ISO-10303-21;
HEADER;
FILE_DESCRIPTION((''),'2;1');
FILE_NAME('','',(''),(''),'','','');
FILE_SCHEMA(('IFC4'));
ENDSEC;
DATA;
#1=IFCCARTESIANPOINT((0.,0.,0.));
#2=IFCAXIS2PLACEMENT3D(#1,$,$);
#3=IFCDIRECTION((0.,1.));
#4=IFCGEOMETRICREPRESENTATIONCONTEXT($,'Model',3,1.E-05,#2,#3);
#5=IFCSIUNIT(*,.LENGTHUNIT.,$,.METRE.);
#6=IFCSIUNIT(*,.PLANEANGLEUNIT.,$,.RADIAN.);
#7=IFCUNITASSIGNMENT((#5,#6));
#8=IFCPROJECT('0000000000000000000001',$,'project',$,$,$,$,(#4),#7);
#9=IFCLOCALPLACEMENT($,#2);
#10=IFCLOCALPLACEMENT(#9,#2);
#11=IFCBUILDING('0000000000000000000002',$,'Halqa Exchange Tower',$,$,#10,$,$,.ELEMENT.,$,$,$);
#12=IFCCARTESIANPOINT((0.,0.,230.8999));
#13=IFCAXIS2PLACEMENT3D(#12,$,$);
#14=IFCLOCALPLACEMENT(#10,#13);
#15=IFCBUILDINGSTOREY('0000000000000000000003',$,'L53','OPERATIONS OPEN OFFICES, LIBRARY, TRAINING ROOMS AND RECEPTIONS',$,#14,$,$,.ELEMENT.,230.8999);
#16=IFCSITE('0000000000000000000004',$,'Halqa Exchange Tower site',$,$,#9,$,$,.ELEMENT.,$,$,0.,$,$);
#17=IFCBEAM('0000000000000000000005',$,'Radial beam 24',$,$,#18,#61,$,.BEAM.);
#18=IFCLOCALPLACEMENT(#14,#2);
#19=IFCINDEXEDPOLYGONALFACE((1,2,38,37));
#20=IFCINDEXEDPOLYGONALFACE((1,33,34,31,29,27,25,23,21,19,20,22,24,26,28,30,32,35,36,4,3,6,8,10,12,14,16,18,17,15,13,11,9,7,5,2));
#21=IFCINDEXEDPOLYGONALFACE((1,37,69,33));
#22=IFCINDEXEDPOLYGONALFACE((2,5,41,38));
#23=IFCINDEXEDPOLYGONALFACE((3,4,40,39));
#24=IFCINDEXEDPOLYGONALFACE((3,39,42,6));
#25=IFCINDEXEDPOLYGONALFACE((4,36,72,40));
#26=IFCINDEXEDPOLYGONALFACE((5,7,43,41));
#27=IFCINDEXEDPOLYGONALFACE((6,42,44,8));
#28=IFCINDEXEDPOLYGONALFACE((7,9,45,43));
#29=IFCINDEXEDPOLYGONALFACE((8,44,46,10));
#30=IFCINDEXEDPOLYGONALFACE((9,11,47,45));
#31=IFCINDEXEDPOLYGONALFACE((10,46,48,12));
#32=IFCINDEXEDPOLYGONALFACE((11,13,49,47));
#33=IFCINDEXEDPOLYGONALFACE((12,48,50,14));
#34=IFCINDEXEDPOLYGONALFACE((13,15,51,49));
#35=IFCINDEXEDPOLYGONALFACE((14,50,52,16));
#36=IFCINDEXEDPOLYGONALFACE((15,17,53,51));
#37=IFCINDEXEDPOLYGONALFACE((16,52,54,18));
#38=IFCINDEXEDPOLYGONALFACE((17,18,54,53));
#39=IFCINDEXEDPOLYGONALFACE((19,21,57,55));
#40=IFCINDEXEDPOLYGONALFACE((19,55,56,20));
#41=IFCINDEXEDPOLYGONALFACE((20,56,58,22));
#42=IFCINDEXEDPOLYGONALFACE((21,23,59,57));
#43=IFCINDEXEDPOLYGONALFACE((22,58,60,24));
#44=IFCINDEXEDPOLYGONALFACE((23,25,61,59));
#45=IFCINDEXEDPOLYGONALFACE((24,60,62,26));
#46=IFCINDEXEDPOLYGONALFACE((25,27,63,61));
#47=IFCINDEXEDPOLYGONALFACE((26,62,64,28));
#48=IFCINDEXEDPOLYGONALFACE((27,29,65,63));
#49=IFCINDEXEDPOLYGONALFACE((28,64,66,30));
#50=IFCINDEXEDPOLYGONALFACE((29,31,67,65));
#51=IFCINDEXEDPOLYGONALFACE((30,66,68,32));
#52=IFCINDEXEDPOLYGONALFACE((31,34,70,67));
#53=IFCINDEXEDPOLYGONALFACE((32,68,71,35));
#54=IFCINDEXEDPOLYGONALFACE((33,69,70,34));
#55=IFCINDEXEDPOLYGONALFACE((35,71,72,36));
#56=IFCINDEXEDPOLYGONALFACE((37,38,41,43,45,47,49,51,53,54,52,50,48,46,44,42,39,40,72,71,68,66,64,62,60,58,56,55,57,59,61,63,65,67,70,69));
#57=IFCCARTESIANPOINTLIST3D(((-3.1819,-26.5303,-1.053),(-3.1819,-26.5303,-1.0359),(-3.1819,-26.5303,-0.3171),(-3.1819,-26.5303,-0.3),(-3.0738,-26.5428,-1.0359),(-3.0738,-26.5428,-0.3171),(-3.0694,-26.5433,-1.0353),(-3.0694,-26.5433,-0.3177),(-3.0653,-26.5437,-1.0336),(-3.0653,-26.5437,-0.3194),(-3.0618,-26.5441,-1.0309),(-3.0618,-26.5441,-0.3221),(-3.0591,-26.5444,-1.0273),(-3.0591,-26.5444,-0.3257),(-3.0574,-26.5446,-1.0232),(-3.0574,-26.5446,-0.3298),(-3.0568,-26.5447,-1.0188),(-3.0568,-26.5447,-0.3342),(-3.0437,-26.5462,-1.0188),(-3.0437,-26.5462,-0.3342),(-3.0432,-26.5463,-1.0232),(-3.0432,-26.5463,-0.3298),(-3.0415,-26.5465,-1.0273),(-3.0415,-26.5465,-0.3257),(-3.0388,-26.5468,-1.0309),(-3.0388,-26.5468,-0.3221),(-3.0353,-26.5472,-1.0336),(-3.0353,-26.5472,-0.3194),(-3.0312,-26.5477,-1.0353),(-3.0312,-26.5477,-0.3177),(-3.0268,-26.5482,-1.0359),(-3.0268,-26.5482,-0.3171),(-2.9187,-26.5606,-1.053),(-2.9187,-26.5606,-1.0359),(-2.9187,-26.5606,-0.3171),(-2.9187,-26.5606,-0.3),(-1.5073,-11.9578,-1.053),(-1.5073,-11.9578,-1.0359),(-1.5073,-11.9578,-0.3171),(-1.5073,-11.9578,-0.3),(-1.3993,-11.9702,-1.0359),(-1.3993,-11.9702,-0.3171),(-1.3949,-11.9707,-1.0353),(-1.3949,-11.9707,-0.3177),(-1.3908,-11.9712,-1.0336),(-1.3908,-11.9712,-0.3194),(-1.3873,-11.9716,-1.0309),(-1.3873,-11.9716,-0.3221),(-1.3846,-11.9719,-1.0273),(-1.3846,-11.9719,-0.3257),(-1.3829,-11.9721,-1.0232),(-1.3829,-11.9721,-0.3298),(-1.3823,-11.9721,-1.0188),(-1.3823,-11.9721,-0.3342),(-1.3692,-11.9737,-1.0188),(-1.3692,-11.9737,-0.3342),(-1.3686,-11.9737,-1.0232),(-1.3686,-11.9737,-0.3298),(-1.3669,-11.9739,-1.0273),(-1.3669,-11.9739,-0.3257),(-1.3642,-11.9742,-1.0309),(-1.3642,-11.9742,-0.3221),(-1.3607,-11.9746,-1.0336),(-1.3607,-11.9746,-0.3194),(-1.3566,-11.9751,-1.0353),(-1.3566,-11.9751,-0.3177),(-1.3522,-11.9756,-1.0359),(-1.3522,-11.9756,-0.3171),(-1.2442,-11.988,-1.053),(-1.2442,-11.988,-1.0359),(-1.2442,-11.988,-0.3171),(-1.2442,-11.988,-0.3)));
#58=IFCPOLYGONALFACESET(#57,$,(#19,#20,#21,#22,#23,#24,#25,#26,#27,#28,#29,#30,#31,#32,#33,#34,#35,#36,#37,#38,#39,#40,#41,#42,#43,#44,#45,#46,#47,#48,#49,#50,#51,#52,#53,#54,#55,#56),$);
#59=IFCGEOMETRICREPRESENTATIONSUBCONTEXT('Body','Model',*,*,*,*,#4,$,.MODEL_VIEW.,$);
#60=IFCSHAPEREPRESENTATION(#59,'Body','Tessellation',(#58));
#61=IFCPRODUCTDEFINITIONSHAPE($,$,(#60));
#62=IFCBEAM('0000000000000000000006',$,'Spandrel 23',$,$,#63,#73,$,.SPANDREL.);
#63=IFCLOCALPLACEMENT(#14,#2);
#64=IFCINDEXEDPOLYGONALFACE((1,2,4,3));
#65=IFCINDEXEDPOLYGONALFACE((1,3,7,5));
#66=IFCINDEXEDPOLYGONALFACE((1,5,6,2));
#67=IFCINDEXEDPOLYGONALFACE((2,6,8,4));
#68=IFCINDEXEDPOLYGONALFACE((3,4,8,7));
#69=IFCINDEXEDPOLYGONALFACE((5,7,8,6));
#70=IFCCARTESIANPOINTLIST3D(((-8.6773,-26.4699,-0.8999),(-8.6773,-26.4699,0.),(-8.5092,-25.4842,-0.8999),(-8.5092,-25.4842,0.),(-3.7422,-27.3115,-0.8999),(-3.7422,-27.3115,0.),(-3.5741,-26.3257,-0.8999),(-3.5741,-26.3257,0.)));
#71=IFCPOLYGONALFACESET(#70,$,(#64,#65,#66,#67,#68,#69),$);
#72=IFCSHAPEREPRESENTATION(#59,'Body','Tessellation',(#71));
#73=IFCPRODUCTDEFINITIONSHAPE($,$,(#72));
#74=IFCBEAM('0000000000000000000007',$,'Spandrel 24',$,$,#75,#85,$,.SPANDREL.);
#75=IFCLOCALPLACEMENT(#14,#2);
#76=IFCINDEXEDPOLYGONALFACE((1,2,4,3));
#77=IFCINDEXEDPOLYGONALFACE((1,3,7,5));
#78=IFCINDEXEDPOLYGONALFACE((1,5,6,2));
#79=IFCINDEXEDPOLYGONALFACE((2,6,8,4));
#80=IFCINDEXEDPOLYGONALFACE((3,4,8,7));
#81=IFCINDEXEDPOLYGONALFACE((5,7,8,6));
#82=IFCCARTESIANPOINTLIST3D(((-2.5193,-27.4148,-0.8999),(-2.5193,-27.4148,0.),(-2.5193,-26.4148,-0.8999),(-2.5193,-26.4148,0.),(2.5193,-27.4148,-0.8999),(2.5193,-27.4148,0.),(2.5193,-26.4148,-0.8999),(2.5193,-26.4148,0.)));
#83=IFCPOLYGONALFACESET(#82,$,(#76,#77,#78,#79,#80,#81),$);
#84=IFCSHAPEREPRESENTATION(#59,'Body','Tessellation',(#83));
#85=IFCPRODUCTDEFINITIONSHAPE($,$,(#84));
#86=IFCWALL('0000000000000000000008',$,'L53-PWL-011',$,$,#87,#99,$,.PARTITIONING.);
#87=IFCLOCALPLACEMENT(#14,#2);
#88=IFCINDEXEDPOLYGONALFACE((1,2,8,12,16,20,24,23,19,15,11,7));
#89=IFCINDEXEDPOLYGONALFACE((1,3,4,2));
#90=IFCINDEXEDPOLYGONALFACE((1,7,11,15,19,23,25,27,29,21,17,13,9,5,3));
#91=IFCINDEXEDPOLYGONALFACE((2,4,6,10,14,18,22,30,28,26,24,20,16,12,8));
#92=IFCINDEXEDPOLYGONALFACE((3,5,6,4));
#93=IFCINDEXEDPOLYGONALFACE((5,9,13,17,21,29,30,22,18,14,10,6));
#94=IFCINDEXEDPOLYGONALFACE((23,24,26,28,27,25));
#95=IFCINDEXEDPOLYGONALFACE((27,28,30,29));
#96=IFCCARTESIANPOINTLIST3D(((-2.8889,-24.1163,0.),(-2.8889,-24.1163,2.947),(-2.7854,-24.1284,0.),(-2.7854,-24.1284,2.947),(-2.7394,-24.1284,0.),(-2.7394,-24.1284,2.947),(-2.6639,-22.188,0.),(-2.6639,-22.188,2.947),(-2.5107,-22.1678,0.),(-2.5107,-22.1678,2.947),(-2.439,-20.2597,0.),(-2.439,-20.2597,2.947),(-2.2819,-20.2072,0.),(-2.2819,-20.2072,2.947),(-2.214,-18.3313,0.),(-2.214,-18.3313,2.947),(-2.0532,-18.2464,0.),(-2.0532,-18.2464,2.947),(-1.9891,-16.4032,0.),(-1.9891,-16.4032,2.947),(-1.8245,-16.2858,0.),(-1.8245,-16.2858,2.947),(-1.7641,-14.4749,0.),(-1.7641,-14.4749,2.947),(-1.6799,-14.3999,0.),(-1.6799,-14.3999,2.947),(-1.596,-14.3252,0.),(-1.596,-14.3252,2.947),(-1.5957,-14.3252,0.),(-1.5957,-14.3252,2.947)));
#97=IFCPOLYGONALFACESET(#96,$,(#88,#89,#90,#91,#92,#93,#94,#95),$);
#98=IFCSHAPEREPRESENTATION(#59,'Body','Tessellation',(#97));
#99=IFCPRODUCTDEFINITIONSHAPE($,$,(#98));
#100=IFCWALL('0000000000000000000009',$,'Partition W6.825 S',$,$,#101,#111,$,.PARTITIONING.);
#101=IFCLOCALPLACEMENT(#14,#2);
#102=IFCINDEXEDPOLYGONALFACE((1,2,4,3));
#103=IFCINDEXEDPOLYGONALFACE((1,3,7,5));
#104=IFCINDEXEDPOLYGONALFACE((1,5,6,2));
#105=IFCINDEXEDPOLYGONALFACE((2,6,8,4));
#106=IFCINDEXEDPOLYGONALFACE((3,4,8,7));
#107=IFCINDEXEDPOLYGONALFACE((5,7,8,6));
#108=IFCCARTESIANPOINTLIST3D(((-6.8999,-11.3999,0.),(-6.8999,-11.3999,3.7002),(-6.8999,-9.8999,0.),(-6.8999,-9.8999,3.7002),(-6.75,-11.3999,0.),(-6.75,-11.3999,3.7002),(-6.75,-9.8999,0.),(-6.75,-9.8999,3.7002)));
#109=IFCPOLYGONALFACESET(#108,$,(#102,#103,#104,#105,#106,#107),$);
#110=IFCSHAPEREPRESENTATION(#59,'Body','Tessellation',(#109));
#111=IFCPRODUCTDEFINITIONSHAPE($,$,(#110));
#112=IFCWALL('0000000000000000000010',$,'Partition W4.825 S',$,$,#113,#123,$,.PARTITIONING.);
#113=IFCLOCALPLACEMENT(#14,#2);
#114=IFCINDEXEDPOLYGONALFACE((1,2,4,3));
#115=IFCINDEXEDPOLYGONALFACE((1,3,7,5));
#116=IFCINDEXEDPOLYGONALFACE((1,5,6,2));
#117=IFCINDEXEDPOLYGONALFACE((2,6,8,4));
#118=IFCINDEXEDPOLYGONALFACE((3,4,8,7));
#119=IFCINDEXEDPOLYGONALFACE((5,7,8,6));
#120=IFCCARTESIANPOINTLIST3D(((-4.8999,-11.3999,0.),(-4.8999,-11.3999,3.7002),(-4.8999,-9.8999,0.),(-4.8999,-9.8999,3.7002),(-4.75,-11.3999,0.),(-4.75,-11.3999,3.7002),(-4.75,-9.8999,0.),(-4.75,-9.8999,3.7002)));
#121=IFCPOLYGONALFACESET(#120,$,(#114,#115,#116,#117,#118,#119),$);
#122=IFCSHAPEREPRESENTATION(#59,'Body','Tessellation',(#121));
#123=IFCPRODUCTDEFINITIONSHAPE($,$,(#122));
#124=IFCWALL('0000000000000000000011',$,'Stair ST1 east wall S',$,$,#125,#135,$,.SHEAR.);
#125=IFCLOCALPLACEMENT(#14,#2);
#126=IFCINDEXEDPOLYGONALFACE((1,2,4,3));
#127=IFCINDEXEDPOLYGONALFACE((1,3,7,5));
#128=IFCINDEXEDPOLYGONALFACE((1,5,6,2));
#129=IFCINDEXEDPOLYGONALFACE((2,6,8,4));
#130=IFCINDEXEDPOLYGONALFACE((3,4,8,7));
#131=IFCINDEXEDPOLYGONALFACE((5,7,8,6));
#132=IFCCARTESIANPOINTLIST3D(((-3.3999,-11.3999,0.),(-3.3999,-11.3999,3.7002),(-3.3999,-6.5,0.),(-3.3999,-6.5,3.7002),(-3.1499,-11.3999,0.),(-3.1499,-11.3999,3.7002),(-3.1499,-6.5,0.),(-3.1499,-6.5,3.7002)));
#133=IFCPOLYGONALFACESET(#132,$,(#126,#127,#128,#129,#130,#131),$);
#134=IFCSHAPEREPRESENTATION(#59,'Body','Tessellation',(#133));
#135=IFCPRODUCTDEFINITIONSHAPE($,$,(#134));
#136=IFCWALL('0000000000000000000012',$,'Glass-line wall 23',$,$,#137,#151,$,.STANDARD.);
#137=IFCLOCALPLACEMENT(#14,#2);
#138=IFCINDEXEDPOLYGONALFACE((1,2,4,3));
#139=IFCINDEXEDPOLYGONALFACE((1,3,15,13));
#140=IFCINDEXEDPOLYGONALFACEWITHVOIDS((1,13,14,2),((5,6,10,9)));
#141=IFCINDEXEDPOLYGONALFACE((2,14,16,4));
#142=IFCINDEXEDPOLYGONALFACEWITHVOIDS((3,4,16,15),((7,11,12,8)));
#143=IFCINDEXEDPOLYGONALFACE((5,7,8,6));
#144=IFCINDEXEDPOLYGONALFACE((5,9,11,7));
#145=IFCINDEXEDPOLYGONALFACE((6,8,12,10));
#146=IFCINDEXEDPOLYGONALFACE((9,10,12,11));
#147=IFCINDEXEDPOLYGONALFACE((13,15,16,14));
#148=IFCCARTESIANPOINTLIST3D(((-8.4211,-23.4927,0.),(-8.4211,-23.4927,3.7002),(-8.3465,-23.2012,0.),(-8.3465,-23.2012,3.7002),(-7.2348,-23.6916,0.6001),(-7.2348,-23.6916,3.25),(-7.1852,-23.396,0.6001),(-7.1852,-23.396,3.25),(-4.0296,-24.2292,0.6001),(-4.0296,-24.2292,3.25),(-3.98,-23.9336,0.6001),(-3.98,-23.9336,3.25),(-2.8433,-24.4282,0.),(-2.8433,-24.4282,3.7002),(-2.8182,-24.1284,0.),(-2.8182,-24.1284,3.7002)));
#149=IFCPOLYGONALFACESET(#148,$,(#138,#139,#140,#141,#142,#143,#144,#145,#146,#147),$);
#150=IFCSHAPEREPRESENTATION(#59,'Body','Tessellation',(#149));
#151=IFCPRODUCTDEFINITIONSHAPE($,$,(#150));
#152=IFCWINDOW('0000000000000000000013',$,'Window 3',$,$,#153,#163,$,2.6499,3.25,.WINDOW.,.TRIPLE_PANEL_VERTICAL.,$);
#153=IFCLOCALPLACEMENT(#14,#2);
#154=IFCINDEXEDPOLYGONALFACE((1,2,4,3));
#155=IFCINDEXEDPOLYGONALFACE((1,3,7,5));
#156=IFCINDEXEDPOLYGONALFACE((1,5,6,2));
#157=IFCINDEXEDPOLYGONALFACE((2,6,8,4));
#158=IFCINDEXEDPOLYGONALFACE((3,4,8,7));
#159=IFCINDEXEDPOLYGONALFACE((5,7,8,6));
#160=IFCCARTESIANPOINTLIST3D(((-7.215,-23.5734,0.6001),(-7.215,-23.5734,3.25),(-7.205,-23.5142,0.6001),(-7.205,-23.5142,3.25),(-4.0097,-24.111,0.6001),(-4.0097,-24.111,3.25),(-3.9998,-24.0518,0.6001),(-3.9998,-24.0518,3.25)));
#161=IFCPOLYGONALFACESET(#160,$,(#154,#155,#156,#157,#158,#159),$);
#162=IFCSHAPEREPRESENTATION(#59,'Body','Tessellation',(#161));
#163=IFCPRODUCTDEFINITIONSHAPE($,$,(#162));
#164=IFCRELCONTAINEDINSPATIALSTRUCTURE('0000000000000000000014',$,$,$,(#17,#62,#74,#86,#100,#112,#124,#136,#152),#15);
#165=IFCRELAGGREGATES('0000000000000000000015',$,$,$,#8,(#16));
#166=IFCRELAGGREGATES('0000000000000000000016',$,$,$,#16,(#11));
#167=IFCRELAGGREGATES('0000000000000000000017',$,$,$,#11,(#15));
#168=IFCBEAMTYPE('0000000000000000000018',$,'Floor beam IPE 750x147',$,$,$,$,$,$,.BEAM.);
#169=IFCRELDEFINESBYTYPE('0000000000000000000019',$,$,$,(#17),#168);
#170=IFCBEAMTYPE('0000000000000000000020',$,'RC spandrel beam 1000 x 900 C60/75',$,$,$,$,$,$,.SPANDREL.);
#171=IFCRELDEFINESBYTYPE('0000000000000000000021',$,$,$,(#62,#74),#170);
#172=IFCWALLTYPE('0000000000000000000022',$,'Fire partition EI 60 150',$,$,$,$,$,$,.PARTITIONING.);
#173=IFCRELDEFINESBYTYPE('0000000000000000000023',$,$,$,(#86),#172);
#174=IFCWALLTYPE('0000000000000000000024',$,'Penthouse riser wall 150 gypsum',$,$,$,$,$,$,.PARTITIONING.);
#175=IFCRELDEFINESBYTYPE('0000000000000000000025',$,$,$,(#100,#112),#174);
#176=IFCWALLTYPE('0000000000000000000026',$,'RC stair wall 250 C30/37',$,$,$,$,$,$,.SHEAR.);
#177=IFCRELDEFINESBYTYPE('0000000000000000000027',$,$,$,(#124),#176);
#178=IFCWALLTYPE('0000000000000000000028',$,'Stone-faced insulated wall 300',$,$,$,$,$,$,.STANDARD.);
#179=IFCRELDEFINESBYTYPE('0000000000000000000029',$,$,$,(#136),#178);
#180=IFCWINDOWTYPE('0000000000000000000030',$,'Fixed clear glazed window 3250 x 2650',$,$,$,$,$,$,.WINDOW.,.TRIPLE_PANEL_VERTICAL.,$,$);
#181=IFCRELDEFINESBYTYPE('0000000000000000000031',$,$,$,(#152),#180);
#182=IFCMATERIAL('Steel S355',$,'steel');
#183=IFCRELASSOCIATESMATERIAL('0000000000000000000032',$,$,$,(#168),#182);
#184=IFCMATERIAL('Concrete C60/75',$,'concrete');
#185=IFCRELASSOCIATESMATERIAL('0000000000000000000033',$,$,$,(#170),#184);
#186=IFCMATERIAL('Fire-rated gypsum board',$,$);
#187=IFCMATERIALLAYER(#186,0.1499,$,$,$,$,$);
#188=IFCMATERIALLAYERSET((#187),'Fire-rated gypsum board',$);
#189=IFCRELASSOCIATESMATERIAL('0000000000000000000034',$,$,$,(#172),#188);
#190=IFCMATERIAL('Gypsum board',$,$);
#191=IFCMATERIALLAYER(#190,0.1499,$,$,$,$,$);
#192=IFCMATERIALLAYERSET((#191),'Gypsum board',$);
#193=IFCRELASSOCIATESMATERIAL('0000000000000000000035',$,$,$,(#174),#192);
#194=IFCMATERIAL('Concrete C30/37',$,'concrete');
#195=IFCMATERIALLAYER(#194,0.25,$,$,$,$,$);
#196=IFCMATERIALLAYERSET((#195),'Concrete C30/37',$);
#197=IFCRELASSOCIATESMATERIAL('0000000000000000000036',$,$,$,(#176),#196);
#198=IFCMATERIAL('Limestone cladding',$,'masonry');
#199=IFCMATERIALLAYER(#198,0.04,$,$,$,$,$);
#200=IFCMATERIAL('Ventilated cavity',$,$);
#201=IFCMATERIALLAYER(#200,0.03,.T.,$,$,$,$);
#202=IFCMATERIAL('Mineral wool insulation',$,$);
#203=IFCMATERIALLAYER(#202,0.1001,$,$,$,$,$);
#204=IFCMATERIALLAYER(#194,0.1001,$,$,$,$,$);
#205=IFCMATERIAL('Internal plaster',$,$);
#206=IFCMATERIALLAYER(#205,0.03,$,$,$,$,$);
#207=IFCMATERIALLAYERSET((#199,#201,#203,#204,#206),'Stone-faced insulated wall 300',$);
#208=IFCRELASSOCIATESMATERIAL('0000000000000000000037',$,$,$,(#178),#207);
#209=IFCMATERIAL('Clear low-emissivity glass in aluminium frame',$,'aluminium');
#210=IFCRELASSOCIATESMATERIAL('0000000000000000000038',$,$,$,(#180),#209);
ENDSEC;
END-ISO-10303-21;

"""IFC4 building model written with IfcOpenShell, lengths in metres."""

from ifc_helpers import new_model, si_unit, direction, frame, frame_2d, origin, origin_2d, place, context, subcontext, project, spatial, polyline, rectangle, i_section, outline, extrude, material, layer, layer_set, material_profile, profile_set, type_object, element, fill, save


model = new_model("IFC4")

# Units and contexts
model_context = context("Model", 3, precision=1e-05, world=origin(), true_north=direction((0.0, 1.0)))
body_context = subcontext(model_context, "Body", "Model", "MODEL_VIEW")
ifc_project = project(units=[si_unit("LENGTHUNIT", "METRE"), si_unit("PLANEANGLEUNIT", "RADIAN")], contexts=[model_context])

# Site, building, storey
site_placement = place(None, origin())
site = spatial("IfcSite", under=ifc_project, at=site_placement, Name="Halqa Exchange Tower site", CompositionType="ELEMENT", RefElevation=0.0)
building_placement = place(site_placement, origin())
building = spatial("IfcBuilding", under=site, at=building_placement, Name="Halqa Exchange Tower", CompositionType="ELEMENT")
storey_placement = place(building_placement, frame((0.0, 0.0, 230.8999)))
storey = spatial("IfcBuildingStorey", under=building, at=storey_placement, Name="L53", Description="OPERATIONS OPEN OFFICES, LIBRARY, TRAINING ROOMS AND RECEPTIONS", CompositionType="ELEMENT", Elevation=230.8999)

# Shared definitions
ifc_material_1 = material(Name="Concrete C60/75", Category="concrete")

# Beams
ifc_material_2 = material(Name="Steel S355", Category="steel")
ifc_material_profile_1 = material_profile(ifc_material_2, i_section(OverallWidth=0.2649, OverallDepth=0.7529, WebThickness=0.0132, FlangeThickness=0.0171, FilletRadius=0.0171, at=origin_2d()), Name="IPE 750x147")
ifc_profile_set_1 = profile_set([ifc_material_profile_1], Name="Steel S355")
beam_type_1 = type_object("IfcBeamType", Name="Floor beam IPE 750x147", PredefinedType="BEAM", material=ifc_profile_set_1)
beam_1_placement = place(storey_placement, frame((-1.3757, -11.9729, -0.6765), z_axis=(-0.114161, -0.993462, 0.0), x_axis=(0.993462, -0.114161, 0.0)))
element("IfcBeam", 1, at=beam_1_placement, inside=storey, type_object=beam_type_1, Name="Radial beam 24", PredefinedType="BEAM", context=body_context, shape_type="SweptSolid", body=[
    extrude(i_section(OverallWidth=0.2649, OverallDepth=0.7529, WebThickness=0.0132, FlangeThickness=0.0171, FilletRadius=0.0171, at=origin_2d()), origin(), (0.0, 0.0, 1.0), 14.6685),
])
ifc_material_profile_2 = material_profile(ifc_material_1, rectangle(XDim=1.0, YDim=0.8999, at=origin_2d()), Name="1000 x 900")
ifc_profile_set_2 = profile_set([ifc_material_profile_2], Name="Concrete C60/75")
beam_type_2 = type_object("IfcBeamType", Name="RC spandrel beam 1000 x 900 C60/75", PredefinedType="SPANDREL", material=ifc_profile_set_2)
beam_2_placement = place(storey_placement, frame((-8.5933, -25.9771, -0.45), z_axis=(0.98577, -0.168099, 0.0), x_axis=(0.168099, 0.98577, 0.0)))
element("IfcBeam", 2, at=beam_2_placement, inside=storey, type_object=beam_type_2, Name="Spandrel 23", PredefinedType="SPANDREL", context=body_context, shape_type="SweptSolid", body=[
    extrude(rectangle(XDim=1.0, YDim=0.8999, at=origin_2d()), origin(), (0.0, 0.0, 1.0), 5.0063),
])
beam_3_placement = place(storey_placement, frame((-2.5193, -26.9148, -0.45), z_axis=(1.0, 0.0, 0.0), x_axis=(0.0, 1.0, 0.0)))
element("IfcBeam", 3, at=beam_3_placement, inside=storey, type_object=beam_type_2, Name="Spandrel 24", PredefinedType="SPANDREL", context=body_context, shape_type="SweptSolid", body=[
    extrude(rectangle(XDim=1.0, YDim=0.8999, at=origin_2d()), origin(), (0.0, 0.0, 1.0), 5.0386),
])

# Wall
ifc_material_3 = material(Name="Fire-rated gypsum board")
ifc_layer_1 = layer(ifc_material_3, 0.1499)
ifc_layer_set_1 = layer_set([ifc_layer_1], Name="Fire-rated gypsum board")
wall_type_1 = type_object("IfcWallType", Name="Fire partition EI 60 150", PredefinedType="PARTITIONING", material=ifc_layer_set_1)
wall_1_placement = place(storey_placement, frame((-2.8145, -24.125, 0.0), z_axis=(0.0, 0.0, 1.0), x_axis=(0.115876, 0.993264, 0.0)))
element("IfcWall", 4, at=wall_1_placement, inside=storey, type_object=wall_type_1, Name="L53-PWL-011", PredefinedType="PARTITIONING", context=body_context, shape_type="SweptSolid", body=[
    extrude(outline(polyline([(9.875, -0.075), (9.875, -0.0747), (9.791, 0.0), (9.7068, 0.075), (7.7654, 0.075), (5.8242, 0.075), (3.8828, 0.075), (1.9414, 0.075), (0.0, 0.075), (0.0, -0.0293), (0.0054, -0.075), (1.9792, -0.075), (3.9531, -0.075), (5.9272, -0.075), (7.9011, -0.075), (9.875, -0.075)])), origin(), (0.0, 0.0, 1.0), 2.947),
])

# Walls
ifc_material_4 = material(Name="Gypsum board")
ifc_layer_2 = layer(ifc_material_4, 0.1499)
ifc_layer_set_2 = layer_set([ifc_layer_2], Name="Gypsum board")
wall_type_2 = type_object("IfcWallType", Name="Penthouse riser wall 150 gypsum", PredefinedType="PARTITIONING", material=ifc_layer_set_2)
for number, where, z_axis, x_axis, name in (
    (5, (-6.825, -11.3999, 0.0), (0.0, 0.0, 1.0), (0.0, 1.0, 0.0), "Partition W6.825 S"),
    (6, (-4.825, -11.3999, 0.0), (0.0, 0.0, 1.0), (0.0, 1.0, 0.0), "Partition W4.825 S"),
):
    element("IfcWall", number, at=place(storey_placement, frame(where, z_axis=z_axis, x_axis=x_axis)), inside=storey, type_object=wall_type_2, Name=name, PredefinedType="PARTITIONING", context=body_context, shape_type="SweptSolid", body=[
        extrude(rectangle(XDim=1.5, YDim=0.1499, at=frame_2d((0.75, 0.0))), origin(), (0.0, 0.0, 1.0), 3.7002),
    ])
ifc_material_5 = material(Name="Concrete C30/37", Category="concrete")
ifc_layer_3 = layer(ifc_material_5, 0.25)
ifc_layer_set_3 = layer_set([ifc_layer_3], Name="Concrete C30/37")
wall_type_3 = type_object("IfcWallType", Name="RC stair wall 250 C30/37", PredefinedType="SHEAR", material=ifc_layer_set_3)
wall_2_placement = place(storey_placement, frame((-3.2749, -11.3999, 0.0), z_axis=(0.0, 0.0, 1.0), x_axis=(0.0, 1.0, 0.0)))
element("IfcWall", 7, at=wall_2_placement, inside=storey, type_object=wall_type_3, Name="Stair ST1 east wall S", PredefinedType="SHEAR", context=body_context, shape_type="SweptSolid", body=[
    extrude(rectangle(XDim=4.8999, YDim=0.25, at=frame_2d((2.45, 0.0))), origin(), (0.0, 0.0, 1.0), 3.7002),
])

# Wall, opening, window
ifc_material_6 = material(Name="Limestone cladding", Category="masonry")
ifc_layer_4 = layer(ifc_material_6, 0.04)
ifc_material_7 = material(Name="Ventilated cavity")
ifc_layer_5 = layer(ifc_material_7, 0.03, ventilated=True)
ifc_material_8 = material(Name="Mineral wool insulation")
ifc_layer_6 = layer(ifc_material_8, 0.1001)
ifc_layer_7 = layer(ifc_material_5, 0.1001)
ifc_material_9 = material(Name="Internal plaster")
ifc_layer_8 = layer(ifc_material_9, 0.03)
ifc_layer_set_4 = layer_set([ifc_layer_4, ifc_layer_5, ifc_layer_6, ifc_layer_7, ifc_layer_8], Name="Stone-faced insulated wall 300")
wall_type_4 = type_object("IfcWallType", Name="Stone-faced insulated wall 300", PredefinedType="STANDARD", material=ifc_layer_set_4)
wall_3_placement = place(storey_placement, frame((-8.3838, -23.3469, 0.0), z_axis=(0.0, 0.0, 1.0), x_axis=(0.986223, -0.165418, 0.0)))
wall_3 = element("IfcWall", 8, at=wall_3_placement, inside=storey, type_object=wall_type_4, Name="Glass-line wall 23", PredefinedType="STANDARD", context=body_context, shape_type="SweptSolid", body=[
    extrude(outline(polyline([(-0.0127, -0.1499), (5.6431, -0.1499), (5.6182, 0.1499), (0.0127, 0.1499), (-0.0127, -0.1499)])), origin(), (0.0, 0.0, 1.0), 3.7002),
])
opening_1_placement = place(wall_3_placement, frame((1.1902, 0.0, 0.6001)))
opening_1 = element("IfcOpeningElement", 9, at=opening_1_placement, cuts=wall_3, PredefinedType="OPENING", context=body_context, shape_type="SweptSolid", body=[
    extrude(rectangle(XDim=3.25, YDim=2.6499, at=frame_2d((1.625, 1.325))), frame((0.0, 0.1621, 0.0), z_axis=(0.0, -1.0, 0.0), x_axis=(1.0, 0.0, 0.0)), (0.0, 0.0, 1.0), 0.324),
])
ifc_material_10 = material(Name="Clear low-emissivity glass in aluminium frame", Category="aluminium")
window_type = type_object("IfcWindowType", Name="Fixed clear glazed window 3250 x 2650", PartitioningType="TRIPLE_PANEL_VERTICAL", PredefinedType="WINDOW", material=ifc_material_10)
window_placement = place(opening_1_placement, origin())
window = element("IfcWindow", 10, at=window_placement, inside=storey, type_object=window_type, Name="Window 3", OverallHeight=2.6499, OverallWidth=3.25, PartitioningType="TRIPLE_PANEL_VERTICAL", PredefinedType="WINDOW", context=body_context, shape_type="SweptSolid", body=[
    extrude(rectangle(XDim=3.25, YDim=2.6499, at=frame_2d((1.625, 1.325))), frame((0.0, 0.03, 0.0), z_axis=(0.0, -1.0, 0.0), x_axis=(1.0, 0.0, 0.0)), (0.0, 0.0, 1.0), 0.0601),
])
fill(opening_1, window)

save(model, "model.ifc")
